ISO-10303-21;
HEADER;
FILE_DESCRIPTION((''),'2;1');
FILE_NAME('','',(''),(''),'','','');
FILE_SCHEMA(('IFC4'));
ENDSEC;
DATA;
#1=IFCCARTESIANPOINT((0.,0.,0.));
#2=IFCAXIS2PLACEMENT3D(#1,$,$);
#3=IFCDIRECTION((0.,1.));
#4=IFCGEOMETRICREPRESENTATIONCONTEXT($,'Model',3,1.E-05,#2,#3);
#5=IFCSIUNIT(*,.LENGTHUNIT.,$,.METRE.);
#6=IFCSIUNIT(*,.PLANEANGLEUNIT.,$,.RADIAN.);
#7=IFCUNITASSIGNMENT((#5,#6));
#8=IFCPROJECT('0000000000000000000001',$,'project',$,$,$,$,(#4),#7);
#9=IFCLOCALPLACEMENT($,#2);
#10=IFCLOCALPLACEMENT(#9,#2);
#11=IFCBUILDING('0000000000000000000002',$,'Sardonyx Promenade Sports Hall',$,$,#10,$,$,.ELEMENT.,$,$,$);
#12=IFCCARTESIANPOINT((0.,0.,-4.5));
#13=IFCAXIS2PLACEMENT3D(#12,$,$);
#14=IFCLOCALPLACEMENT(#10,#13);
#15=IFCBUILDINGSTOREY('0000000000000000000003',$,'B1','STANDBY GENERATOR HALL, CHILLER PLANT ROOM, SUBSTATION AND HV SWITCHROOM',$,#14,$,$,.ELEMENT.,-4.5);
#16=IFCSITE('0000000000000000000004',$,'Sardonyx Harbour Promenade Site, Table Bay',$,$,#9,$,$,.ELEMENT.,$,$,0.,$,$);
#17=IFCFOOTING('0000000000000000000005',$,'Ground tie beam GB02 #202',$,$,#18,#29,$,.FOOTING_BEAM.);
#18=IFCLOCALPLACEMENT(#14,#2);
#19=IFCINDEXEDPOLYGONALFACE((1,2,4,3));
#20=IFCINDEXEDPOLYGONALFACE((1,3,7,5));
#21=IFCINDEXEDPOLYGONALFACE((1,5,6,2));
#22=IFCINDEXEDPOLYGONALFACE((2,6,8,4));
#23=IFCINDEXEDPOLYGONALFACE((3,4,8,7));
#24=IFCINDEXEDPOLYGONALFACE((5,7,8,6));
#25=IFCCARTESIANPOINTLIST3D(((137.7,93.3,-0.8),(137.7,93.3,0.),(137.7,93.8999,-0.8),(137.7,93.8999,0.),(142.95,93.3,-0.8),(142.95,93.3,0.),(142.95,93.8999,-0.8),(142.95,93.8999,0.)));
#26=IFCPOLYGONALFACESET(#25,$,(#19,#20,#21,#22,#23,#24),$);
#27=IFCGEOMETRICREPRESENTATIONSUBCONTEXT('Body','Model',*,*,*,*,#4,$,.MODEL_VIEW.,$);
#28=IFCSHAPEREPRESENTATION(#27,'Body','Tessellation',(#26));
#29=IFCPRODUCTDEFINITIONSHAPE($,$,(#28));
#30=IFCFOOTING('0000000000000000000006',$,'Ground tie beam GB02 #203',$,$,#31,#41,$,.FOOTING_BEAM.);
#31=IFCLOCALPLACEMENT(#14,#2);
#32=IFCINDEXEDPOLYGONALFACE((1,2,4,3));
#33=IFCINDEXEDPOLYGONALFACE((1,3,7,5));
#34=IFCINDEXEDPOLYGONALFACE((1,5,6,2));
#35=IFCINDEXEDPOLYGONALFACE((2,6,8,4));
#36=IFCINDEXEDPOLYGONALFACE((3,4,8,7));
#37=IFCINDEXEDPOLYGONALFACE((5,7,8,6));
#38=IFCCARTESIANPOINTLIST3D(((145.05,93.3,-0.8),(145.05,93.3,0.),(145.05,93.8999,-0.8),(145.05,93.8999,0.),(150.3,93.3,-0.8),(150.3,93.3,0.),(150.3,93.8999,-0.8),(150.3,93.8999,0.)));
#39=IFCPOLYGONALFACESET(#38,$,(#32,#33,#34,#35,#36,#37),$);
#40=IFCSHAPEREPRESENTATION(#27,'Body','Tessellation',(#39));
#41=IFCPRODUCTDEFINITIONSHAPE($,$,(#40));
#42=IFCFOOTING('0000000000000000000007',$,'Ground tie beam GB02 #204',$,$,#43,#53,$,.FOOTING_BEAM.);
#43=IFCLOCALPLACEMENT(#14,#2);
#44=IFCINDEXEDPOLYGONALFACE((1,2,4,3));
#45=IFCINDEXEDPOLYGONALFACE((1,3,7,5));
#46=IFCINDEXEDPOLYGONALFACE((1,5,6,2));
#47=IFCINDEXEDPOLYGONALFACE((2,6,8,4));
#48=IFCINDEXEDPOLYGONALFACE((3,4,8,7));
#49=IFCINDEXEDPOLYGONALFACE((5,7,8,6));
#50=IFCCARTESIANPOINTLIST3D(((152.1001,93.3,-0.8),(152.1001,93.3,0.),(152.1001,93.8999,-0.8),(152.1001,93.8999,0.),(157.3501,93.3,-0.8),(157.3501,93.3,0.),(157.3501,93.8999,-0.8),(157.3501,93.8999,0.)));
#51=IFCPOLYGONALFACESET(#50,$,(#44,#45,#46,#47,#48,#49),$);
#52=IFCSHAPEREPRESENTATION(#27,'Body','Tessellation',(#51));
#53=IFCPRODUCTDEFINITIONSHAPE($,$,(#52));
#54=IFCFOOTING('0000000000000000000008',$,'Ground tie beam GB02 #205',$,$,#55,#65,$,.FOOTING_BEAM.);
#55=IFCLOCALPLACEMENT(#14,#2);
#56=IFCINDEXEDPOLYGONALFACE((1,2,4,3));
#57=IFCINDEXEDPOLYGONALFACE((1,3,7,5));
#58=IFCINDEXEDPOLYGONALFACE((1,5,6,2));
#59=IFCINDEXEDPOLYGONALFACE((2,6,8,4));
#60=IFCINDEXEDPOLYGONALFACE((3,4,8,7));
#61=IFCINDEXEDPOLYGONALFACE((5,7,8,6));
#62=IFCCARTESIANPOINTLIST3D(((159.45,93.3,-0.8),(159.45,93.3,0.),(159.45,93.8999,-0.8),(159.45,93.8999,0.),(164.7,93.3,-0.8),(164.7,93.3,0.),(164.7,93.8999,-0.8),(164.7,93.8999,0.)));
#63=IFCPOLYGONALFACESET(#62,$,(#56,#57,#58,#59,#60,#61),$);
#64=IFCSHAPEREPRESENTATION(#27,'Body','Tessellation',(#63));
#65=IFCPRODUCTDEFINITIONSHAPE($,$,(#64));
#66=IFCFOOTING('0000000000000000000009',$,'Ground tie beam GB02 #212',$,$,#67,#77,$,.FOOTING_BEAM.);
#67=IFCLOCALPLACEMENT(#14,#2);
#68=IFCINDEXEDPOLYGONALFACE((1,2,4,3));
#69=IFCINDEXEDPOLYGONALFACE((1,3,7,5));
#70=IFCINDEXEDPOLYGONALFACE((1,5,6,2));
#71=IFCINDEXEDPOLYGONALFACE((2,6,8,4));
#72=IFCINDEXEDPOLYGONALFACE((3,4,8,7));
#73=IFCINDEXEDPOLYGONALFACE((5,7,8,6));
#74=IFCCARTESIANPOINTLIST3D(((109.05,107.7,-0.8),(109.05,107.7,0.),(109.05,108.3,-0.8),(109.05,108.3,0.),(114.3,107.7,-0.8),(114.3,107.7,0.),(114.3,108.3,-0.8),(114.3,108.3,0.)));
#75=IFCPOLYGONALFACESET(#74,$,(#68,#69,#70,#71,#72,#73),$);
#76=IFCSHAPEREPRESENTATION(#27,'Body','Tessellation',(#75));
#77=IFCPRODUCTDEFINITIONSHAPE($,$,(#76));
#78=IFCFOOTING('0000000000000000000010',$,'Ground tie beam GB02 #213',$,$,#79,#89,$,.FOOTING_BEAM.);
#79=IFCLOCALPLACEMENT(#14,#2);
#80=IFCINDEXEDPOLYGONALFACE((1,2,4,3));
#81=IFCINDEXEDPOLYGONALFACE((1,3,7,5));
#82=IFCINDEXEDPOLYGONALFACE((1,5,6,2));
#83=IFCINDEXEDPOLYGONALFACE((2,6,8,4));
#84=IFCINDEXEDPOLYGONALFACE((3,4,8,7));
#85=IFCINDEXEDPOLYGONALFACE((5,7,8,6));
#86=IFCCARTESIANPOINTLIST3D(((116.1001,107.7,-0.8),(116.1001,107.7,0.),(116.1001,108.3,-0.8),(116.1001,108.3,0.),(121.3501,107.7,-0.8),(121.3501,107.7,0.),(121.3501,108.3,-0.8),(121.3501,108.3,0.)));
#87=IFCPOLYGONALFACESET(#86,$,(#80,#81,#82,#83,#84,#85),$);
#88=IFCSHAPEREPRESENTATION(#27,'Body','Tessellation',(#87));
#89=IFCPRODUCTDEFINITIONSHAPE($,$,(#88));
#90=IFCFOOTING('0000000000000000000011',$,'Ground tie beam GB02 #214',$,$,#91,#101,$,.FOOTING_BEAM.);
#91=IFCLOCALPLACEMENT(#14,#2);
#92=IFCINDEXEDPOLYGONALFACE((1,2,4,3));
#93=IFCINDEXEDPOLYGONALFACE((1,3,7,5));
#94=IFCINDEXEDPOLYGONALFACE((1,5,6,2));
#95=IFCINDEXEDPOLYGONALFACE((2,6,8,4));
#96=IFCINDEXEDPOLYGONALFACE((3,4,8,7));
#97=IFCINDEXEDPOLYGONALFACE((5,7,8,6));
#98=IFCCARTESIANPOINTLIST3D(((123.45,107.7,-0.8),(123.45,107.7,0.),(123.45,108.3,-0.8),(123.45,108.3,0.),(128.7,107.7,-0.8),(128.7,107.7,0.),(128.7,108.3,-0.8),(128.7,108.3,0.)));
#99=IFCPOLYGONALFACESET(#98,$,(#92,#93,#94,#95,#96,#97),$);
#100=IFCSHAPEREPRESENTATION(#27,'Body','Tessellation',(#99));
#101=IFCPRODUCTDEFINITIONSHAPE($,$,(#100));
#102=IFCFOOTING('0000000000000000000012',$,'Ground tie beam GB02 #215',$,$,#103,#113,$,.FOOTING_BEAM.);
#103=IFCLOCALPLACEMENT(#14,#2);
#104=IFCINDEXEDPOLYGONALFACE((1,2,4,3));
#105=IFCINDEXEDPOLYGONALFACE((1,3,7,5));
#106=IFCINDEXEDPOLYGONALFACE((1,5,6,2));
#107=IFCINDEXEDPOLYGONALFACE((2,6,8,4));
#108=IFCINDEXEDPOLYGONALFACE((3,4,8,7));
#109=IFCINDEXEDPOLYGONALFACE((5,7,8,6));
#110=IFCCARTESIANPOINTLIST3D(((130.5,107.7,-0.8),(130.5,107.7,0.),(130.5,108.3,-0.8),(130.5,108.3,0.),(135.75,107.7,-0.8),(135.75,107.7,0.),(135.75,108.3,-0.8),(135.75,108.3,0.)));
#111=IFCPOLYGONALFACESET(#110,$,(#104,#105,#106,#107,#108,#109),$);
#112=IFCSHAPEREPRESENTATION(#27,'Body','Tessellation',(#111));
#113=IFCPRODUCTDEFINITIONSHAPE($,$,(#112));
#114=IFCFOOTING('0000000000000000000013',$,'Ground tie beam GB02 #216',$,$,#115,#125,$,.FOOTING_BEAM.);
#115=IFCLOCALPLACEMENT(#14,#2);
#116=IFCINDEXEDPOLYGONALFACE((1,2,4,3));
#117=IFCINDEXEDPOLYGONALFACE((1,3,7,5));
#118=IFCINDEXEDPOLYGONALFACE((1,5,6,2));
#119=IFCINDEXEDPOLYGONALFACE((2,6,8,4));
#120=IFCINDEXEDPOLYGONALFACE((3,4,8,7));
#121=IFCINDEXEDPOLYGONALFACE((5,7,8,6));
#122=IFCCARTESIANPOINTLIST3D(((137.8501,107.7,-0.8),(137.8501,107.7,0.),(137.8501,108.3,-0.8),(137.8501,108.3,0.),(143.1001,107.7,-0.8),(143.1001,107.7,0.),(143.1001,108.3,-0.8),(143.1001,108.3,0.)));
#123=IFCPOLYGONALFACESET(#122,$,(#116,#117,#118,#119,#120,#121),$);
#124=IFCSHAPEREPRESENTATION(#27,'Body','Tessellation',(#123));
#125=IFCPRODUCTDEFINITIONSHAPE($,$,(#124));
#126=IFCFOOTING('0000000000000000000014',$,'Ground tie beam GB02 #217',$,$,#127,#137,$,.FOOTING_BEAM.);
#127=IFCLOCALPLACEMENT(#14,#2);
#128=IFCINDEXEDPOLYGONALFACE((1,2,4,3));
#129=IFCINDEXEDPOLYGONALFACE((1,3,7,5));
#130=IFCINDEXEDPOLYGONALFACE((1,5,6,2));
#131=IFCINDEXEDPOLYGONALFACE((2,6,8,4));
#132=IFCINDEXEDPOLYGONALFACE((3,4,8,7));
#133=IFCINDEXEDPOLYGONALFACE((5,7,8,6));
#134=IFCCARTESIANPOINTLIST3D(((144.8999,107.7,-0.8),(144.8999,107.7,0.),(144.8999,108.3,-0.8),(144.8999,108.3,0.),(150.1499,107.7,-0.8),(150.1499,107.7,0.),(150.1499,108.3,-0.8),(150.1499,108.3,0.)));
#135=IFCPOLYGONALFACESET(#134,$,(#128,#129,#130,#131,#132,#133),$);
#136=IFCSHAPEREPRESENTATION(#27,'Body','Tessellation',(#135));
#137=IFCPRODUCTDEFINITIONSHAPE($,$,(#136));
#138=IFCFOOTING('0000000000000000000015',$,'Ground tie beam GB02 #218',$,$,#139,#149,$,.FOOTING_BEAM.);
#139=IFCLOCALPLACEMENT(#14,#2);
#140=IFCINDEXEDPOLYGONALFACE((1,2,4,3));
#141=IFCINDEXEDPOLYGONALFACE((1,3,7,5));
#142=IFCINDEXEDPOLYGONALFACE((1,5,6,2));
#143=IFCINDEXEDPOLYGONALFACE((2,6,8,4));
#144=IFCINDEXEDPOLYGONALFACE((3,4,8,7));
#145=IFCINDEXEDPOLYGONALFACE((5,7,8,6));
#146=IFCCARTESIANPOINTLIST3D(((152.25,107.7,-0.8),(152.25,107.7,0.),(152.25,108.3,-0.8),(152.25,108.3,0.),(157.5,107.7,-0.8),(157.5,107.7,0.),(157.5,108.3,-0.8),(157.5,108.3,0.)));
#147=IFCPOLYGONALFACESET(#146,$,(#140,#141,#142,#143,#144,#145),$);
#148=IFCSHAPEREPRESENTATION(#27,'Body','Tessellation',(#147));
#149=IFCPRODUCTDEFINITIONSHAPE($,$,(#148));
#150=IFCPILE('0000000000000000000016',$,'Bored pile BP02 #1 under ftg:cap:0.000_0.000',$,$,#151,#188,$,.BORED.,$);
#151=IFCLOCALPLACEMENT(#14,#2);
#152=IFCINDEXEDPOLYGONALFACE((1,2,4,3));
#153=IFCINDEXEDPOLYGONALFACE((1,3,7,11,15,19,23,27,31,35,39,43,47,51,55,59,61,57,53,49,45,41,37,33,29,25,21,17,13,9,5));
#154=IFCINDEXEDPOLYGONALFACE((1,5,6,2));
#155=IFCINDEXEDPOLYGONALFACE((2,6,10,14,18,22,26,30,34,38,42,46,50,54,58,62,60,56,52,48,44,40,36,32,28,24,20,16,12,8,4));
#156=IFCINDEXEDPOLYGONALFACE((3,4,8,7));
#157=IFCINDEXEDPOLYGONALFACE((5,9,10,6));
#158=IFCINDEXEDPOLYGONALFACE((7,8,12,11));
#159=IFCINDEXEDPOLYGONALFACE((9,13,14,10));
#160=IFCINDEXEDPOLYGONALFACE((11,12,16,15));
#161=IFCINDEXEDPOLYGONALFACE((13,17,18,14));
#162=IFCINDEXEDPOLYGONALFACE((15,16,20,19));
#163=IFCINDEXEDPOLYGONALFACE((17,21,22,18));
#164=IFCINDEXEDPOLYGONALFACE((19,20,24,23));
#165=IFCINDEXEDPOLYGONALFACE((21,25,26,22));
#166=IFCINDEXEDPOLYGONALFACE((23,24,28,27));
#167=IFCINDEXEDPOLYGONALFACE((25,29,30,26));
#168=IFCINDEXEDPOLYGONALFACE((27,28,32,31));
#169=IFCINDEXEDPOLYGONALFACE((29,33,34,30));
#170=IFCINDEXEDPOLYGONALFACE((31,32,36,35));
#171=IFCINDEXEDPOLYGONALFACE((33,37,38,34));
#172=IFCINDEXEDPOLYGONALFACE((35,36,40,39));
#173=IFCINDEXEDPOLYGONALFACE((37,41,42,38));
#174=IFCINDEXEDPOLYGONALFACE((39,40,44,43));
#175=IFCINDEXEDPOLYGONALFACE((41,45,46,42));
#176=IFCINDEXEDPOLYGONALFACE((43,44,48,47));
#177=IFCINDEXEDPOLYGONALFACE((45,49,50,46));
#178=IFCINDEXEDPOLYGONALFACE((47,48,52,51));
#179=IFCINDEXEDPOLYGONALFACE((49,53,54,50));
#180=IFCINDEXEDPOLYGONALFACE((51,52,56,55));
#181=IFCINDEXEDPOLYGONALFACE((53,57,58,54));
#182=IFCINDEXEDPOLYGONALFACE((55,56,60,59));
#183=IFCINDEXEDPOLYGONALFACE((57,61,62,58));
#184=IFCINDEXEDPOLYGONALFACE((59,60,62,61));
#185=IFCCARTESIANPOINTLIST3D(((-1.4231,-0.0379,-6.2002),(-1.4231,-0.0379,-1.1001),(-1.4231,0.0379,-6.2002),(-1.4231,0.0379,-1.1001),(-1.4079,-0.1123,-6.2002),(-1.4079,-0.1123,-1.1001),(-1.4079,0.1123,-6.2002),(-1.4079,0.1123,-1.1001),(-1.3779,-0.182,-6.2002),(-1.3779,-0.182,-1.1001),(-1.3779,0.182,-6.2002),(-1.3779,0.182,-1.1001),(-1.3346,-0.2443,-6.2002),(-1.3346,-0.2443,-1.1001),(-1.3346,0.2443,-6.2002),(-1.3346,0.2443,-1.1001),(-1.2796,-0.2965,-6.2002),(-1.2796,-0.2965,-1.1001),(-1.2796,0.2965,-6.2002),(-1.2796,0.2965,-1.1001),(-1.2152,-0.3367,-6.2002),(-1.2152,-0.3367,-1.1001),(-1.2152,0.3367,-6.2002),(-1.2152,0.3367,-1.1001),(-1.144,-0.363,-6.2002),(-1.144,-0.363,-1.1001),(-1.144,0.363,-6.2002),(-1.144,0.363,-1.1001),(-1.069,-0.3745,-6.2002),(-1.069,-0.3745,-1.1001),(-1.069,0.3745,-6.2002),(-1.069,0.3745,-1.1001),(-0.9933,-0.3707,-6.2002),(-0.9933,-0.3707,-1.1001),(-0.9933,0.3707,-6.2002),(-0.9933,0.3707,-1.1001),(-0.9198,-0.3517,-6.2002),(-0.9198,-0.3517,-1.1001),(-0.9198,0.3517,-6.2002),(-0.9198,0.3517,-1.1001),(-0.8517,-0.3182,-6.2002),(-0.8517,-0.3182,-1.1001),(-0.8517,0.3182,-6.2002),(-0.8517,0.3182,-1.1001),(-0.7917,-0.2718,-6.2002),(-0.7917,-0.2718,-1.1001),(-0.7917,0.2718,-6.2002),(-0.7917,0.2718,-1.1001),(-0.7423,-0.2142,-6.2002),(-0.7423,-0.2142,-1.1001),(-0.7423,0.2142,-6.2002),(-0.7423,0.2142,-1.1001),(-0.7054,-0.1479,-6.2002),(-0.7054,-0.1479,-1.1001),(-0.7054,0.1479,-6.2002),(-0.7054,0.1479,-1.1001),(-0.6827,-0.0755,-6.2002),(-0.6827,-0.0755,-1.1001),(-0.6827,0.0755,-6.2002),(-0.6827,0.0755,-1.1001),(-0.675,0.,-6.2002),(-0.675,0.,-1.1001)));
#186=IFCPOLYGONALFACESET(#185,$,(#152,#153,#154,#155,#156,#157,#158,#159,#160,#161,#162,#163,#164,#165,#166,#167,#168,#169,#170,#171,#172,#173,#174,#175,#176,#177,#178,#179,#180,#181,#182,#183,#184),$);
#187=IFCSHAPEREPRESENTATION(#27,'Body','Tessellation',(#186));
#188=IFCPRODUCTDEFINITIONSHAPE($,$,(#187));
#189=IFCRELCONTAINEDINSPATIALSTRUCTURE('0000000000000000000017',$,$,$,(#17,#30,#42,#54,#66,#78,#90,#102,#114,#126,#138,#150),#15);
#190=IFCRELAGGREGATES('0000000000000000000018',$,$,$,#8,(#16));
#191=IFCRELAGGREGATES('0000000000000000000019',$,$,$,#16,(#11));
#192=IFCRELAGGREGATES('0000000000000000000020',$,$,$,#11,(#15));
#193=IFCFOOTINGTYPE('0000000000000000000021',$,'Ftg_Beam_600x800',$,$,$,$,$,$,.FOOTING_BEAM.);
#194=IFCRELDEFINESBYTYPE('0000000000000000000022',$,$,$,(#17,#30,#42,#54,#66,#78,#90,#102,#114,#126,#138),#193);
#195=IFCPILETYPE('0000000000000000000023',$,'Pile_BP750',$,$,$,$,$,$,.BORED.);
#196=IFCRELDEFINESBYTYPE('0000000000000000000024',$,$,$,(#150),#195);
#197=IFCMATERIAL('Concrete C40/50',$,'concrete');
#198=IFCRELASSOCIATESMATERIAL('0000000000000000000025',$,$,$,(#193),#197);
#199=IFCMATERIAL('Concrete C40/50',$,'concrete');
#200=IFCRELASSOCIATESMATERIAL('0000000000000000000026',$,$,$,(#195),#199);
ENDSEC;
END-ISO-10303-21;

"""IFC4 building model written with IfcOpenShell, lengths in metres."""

from ifc_helpers import new_model, si_unit, direction, frame, origin, origin_2d, place, context, subcontext, project, spatial, polyline, circle, outline, extrude, material, material_profile, profile_set, type_object, element, save


model = new_model("IFC4")

# Units and contexts
model_context = context("Model", 3, precision=1e-05, world=origin(), true_north=direction((0.0, 1.0)))
body_context = subcontext(model_context, "Body", "Model", "MODEL_VIEW")
ifc_project = project(units=[si_unit("LENGTHUNIT", "METRE"), si_unit("PLANEANGLEUNIT", "RADIAN")], contexts=[model_context])

# Site, building, storey
site_placement = place(None, origin())
site = spatial("IfcSite", under=ifc_project, at=site_placement, Name="Sardonyx Harbour Promenade Site, Table Bay", CompositionType="ELEMENT", RefElevation=0.0)
building_placement = place(site_placement, origin())
building = spatial("IfcBuilding", under=site, at=building_placement, Name="Sardonyx Promenade Sports Hall", CompositionType="ELEMENT")
storey_placement = place(building_placement, frame((0.0, 0.0, -4.5)))
storey = spatial("IfcBuildingStorey", under=building, at=storey_placement, Name="B1", Description="STANDBY GENERATOR HALL, CHILLER PLANT ROOM, SUBSTATION AND HV SWITCHROOM", CompositionType="ELEMENT", Elevation=-4.5)

# Footings
ifc_material_1 = material(Name="Concrete C40/50", Category="concrete")
footing_type_1 = type_object("IfcFootingType", Name="Ftg_Beam_600x800", PredefinedType="FOOTING_BEAM", material=ifc_material_1)
footing_1_placement = place(storey_placement, frame((0.0, 0.0, -0.8)))
element("IfcFooting", 1, at=footing_1_placement, inside=storey, type_object=footing_type_1, Name="Ground tie beam GB02 #202", PredefinedType="FOOTING_BEAM", context=body_context, shape_type="SweptSolid", body=[
    extrude(outline(polyline([(137.7, 93.3), (142.95, 93.3), (142.95, 93.8999), (137.7, 93.8999), (137.7, 93.3)])), origin(), (0.0, 0.0, 1.0), 0.8),
])
footing_2_placement = place(storey_placement, frame((0.0, 0.0, -0.8)))
element("IfcFooting", 2, at=footing_2_placement, inside=storey, type_object=footing_type_1, Name="Ground tie beam GB02 #203", PredefinedType="FOOTING_BEAM", context=body_context, shape_type="SweptSolid", body=[
    extrude(outline(polyline([(145.05, 93.3), (150.3, 93.3), (150.3, 93.8999), (145.05, 93.8999), (145.05, 93.3)])), origin(), (0.0, 0.0, 1.0), 0.8),
])
footing_3_placement = place(storey_placement, frame((0.0, 0.0, -0.8)))
element("IfcFooting", 3, at=footing_3_placement, inside=storey, type_object=footing_type_1, Name="Ground tie beam GB02 #204", PredefinedType="FOOTING_BEAM", context=body_context, shape_type="SweptSolid", body=[
    extrude(outline(polyline([(152.1001, 93.3), (157.3501, 93.3), (157.3501, 93.8999), (152.1001, 93.8999), (152.1001, 93.3)])), origin(), (0.0, 0.0, 1.0), 0.8),
])
footing_4_placement = place(storey_placement, frame((0.0, 0.0, -0.8)))
element("IfcFooting", 4, at=footing_4_placement, inside=storey, type_object=footing_type_1, Name="Ground tie beam GB02 #205", PredefinedType="FOOTING_BEAM", context=body_context, shape_type="SweptSolid", body=[
    extrude(outline(polyline([(159.45, 93.3), (164.7, 93.3), (164.7, 93.8999), (159.45, 93.8999), (159.45, 93.3)])), origin(), (0.0, 0.0, 1.0), 0.8),
])
footing_5_placement = place(storey_placement, frame((0.0, 0.0, -0.8)))
element("IfcFooting", 5, at=footing_5_placement, inside=storey, type_object=footing_type_1, Name="Ground tie beam GB02 #212", PredefinedType="FOOTING_BEAM", context=body_context, shape_type="SweptSolid", body=[
    extrude(outline(polyline([(109.05, 107.7), (114.3, 107.7), (114.3, 108.3), (109.05, 108.3), (109.05, 107.7)])), origin(), (0.0, 0.0, 1.0), 0.8),
])
footing_6_placement = place(storey_placement, frame((0.0, 0.0, -0.8)))
element("IfcFooting", 6, at=footing_6_placement, inside=storey, type_object=footing_type_1, Name="Ground tie beam GB02 #213", PredefinedType="FOOTING_BEAM", context=body_context, shape_type="SweptSolid", body=[
    extrude(outline(polyline([(116.1001, 107.7), (121.3501, 107.7), (121.3501, 108.3), (116.1001, 108.3), (116.1001, 107.7)])), origin(), (0.0, 0.0, 1.0), 0.8),
])
footing_7_placement = place(storey_placement, frame((0.0, 0.0, -0.8)))
element("IfcFooting", 7, at=footing_7_placement, inside=storey, type_object=footing_type_1, Name="Ground tie beam GB02 #214", PredefinedType="FOOTING_BEAM", context=body_context, shape_type="SweptSolid", body=[
    extrude(outline(polyline([(123.45, 107.7), (128.7, 107.7), (128.7, 108.3), (123.45, 108.3), (123.45, 107.7)])), origin(), (0.0, 0.0, 1.0), 0.8),
])
footing_8_placement = place(storey_placement, frame((0.0, 0.0, -0.8)))
element("IfcFooting", 8, at=footing_8_placement, inside=storey, type_object=footing_type_1, Name="Ground tie beam GB02 #215", PredefinedType="FOOTING_BEAM", context=body_context, shape_type="SweptSolid", body=[
    extrude(outline(polyline([(130.5, 107.7), (135.75, 107.7), (135.75, 108.3), (130.5, 108.3), (130.5, 107.7)])), origin(), (0.0, 0.0, 1.0), 0.8),
])
footing_9_placement = place(storey_placement, frame((0.0, 0.0, -0.8)))
element("IfcFooting", 9, at=footing_9_placement, inside=storey, type_object=footing_type_1, Name="Ground tie beam GB02 #216", PredefinedType="FOOTING_BEAM", context=body_context, shape_type="SweptSolid", body=[
    extrude(outline(polyline([(137.8501, 107.7), (143.1001, 107.7), (143.1001, 108.3), (137.8501, 108.3), (137.8501, 107.7)])), origin(), (0.0, 0.0, 1.0), 0.8),
])
footing_10_placement = place(storey_placement, frame((0.0, 0.0, -0.8)))
element("IfcFooting", 10, at=footing_10_placement, inside=storey, type_object=footing_type_1, Name="Ground tie beam GB02 #217", PredefinedType="FOOTING_BEAM", context=body_context, shape_type="SweptSolid", body=[
    extrude(outline(polyline([(144.8999, 107.7), (150.1499, 107.7), (150.1499, 108.3), (144.8999, 108.3), (144.8999, 107.7)])), origin(), (0.0, 0.0, 1.0), 0.8),
])
footing_11_placement = place(storey_placement, frame((0.0, 0.0, -0.8)))
element("IfcFooting", 11, at=footing_11_placement, inside=storey, type_object=footing_type_1, Name="Ground tie beam GB02 #218", PredefinedType="FOOTING_BEAM", context=body_context, shape_type="SweptSolid", body=[
    extrude(outline(polyline([(152.25, 107.7), (157.5, 107.7), (157.5, 108.3), (152.25, 108.3), (152.25, 107.7)])), origin(), (0.0, 0.0, 1.0), 0.8),
])

# Pile
ifc_material_2 = material(Name="Concrete C40/50", Category="concrete")
ifc_material_profile = material_profile(ifc_material_2, circle(Radius=0.375, at=origin_2d()))
ifc_profile_set = profile_set([ifc_material_profile], Name="Concrete C40/50")
pile_type = type_object("IfcPileType", Name="Pile_BP750", PredefinedType="BORED", material=ifc_profile_set)
pile_placement = place(storey_placement, frame((-1.05, 0.0, -1.1001), z_axis=(0.0, 0.0, -1.0), x_axis=(1.0, 0.0, 0.0)))
element("IfcPile", 12, at=pile_placement, inside=storey, type_object=pile_type, Name="Bored pile BP02 #1 under ftg:cap:0.000_0.000", PredefinedType="BORED", context=body_context, shape_type="SweptSolid", body=[
    extrude(circle(Radius=0.375, at=origin_2d()), origin(), (0.0, 0.0, 1.0), 5.1001),
])

save(model, "model.ifc")
